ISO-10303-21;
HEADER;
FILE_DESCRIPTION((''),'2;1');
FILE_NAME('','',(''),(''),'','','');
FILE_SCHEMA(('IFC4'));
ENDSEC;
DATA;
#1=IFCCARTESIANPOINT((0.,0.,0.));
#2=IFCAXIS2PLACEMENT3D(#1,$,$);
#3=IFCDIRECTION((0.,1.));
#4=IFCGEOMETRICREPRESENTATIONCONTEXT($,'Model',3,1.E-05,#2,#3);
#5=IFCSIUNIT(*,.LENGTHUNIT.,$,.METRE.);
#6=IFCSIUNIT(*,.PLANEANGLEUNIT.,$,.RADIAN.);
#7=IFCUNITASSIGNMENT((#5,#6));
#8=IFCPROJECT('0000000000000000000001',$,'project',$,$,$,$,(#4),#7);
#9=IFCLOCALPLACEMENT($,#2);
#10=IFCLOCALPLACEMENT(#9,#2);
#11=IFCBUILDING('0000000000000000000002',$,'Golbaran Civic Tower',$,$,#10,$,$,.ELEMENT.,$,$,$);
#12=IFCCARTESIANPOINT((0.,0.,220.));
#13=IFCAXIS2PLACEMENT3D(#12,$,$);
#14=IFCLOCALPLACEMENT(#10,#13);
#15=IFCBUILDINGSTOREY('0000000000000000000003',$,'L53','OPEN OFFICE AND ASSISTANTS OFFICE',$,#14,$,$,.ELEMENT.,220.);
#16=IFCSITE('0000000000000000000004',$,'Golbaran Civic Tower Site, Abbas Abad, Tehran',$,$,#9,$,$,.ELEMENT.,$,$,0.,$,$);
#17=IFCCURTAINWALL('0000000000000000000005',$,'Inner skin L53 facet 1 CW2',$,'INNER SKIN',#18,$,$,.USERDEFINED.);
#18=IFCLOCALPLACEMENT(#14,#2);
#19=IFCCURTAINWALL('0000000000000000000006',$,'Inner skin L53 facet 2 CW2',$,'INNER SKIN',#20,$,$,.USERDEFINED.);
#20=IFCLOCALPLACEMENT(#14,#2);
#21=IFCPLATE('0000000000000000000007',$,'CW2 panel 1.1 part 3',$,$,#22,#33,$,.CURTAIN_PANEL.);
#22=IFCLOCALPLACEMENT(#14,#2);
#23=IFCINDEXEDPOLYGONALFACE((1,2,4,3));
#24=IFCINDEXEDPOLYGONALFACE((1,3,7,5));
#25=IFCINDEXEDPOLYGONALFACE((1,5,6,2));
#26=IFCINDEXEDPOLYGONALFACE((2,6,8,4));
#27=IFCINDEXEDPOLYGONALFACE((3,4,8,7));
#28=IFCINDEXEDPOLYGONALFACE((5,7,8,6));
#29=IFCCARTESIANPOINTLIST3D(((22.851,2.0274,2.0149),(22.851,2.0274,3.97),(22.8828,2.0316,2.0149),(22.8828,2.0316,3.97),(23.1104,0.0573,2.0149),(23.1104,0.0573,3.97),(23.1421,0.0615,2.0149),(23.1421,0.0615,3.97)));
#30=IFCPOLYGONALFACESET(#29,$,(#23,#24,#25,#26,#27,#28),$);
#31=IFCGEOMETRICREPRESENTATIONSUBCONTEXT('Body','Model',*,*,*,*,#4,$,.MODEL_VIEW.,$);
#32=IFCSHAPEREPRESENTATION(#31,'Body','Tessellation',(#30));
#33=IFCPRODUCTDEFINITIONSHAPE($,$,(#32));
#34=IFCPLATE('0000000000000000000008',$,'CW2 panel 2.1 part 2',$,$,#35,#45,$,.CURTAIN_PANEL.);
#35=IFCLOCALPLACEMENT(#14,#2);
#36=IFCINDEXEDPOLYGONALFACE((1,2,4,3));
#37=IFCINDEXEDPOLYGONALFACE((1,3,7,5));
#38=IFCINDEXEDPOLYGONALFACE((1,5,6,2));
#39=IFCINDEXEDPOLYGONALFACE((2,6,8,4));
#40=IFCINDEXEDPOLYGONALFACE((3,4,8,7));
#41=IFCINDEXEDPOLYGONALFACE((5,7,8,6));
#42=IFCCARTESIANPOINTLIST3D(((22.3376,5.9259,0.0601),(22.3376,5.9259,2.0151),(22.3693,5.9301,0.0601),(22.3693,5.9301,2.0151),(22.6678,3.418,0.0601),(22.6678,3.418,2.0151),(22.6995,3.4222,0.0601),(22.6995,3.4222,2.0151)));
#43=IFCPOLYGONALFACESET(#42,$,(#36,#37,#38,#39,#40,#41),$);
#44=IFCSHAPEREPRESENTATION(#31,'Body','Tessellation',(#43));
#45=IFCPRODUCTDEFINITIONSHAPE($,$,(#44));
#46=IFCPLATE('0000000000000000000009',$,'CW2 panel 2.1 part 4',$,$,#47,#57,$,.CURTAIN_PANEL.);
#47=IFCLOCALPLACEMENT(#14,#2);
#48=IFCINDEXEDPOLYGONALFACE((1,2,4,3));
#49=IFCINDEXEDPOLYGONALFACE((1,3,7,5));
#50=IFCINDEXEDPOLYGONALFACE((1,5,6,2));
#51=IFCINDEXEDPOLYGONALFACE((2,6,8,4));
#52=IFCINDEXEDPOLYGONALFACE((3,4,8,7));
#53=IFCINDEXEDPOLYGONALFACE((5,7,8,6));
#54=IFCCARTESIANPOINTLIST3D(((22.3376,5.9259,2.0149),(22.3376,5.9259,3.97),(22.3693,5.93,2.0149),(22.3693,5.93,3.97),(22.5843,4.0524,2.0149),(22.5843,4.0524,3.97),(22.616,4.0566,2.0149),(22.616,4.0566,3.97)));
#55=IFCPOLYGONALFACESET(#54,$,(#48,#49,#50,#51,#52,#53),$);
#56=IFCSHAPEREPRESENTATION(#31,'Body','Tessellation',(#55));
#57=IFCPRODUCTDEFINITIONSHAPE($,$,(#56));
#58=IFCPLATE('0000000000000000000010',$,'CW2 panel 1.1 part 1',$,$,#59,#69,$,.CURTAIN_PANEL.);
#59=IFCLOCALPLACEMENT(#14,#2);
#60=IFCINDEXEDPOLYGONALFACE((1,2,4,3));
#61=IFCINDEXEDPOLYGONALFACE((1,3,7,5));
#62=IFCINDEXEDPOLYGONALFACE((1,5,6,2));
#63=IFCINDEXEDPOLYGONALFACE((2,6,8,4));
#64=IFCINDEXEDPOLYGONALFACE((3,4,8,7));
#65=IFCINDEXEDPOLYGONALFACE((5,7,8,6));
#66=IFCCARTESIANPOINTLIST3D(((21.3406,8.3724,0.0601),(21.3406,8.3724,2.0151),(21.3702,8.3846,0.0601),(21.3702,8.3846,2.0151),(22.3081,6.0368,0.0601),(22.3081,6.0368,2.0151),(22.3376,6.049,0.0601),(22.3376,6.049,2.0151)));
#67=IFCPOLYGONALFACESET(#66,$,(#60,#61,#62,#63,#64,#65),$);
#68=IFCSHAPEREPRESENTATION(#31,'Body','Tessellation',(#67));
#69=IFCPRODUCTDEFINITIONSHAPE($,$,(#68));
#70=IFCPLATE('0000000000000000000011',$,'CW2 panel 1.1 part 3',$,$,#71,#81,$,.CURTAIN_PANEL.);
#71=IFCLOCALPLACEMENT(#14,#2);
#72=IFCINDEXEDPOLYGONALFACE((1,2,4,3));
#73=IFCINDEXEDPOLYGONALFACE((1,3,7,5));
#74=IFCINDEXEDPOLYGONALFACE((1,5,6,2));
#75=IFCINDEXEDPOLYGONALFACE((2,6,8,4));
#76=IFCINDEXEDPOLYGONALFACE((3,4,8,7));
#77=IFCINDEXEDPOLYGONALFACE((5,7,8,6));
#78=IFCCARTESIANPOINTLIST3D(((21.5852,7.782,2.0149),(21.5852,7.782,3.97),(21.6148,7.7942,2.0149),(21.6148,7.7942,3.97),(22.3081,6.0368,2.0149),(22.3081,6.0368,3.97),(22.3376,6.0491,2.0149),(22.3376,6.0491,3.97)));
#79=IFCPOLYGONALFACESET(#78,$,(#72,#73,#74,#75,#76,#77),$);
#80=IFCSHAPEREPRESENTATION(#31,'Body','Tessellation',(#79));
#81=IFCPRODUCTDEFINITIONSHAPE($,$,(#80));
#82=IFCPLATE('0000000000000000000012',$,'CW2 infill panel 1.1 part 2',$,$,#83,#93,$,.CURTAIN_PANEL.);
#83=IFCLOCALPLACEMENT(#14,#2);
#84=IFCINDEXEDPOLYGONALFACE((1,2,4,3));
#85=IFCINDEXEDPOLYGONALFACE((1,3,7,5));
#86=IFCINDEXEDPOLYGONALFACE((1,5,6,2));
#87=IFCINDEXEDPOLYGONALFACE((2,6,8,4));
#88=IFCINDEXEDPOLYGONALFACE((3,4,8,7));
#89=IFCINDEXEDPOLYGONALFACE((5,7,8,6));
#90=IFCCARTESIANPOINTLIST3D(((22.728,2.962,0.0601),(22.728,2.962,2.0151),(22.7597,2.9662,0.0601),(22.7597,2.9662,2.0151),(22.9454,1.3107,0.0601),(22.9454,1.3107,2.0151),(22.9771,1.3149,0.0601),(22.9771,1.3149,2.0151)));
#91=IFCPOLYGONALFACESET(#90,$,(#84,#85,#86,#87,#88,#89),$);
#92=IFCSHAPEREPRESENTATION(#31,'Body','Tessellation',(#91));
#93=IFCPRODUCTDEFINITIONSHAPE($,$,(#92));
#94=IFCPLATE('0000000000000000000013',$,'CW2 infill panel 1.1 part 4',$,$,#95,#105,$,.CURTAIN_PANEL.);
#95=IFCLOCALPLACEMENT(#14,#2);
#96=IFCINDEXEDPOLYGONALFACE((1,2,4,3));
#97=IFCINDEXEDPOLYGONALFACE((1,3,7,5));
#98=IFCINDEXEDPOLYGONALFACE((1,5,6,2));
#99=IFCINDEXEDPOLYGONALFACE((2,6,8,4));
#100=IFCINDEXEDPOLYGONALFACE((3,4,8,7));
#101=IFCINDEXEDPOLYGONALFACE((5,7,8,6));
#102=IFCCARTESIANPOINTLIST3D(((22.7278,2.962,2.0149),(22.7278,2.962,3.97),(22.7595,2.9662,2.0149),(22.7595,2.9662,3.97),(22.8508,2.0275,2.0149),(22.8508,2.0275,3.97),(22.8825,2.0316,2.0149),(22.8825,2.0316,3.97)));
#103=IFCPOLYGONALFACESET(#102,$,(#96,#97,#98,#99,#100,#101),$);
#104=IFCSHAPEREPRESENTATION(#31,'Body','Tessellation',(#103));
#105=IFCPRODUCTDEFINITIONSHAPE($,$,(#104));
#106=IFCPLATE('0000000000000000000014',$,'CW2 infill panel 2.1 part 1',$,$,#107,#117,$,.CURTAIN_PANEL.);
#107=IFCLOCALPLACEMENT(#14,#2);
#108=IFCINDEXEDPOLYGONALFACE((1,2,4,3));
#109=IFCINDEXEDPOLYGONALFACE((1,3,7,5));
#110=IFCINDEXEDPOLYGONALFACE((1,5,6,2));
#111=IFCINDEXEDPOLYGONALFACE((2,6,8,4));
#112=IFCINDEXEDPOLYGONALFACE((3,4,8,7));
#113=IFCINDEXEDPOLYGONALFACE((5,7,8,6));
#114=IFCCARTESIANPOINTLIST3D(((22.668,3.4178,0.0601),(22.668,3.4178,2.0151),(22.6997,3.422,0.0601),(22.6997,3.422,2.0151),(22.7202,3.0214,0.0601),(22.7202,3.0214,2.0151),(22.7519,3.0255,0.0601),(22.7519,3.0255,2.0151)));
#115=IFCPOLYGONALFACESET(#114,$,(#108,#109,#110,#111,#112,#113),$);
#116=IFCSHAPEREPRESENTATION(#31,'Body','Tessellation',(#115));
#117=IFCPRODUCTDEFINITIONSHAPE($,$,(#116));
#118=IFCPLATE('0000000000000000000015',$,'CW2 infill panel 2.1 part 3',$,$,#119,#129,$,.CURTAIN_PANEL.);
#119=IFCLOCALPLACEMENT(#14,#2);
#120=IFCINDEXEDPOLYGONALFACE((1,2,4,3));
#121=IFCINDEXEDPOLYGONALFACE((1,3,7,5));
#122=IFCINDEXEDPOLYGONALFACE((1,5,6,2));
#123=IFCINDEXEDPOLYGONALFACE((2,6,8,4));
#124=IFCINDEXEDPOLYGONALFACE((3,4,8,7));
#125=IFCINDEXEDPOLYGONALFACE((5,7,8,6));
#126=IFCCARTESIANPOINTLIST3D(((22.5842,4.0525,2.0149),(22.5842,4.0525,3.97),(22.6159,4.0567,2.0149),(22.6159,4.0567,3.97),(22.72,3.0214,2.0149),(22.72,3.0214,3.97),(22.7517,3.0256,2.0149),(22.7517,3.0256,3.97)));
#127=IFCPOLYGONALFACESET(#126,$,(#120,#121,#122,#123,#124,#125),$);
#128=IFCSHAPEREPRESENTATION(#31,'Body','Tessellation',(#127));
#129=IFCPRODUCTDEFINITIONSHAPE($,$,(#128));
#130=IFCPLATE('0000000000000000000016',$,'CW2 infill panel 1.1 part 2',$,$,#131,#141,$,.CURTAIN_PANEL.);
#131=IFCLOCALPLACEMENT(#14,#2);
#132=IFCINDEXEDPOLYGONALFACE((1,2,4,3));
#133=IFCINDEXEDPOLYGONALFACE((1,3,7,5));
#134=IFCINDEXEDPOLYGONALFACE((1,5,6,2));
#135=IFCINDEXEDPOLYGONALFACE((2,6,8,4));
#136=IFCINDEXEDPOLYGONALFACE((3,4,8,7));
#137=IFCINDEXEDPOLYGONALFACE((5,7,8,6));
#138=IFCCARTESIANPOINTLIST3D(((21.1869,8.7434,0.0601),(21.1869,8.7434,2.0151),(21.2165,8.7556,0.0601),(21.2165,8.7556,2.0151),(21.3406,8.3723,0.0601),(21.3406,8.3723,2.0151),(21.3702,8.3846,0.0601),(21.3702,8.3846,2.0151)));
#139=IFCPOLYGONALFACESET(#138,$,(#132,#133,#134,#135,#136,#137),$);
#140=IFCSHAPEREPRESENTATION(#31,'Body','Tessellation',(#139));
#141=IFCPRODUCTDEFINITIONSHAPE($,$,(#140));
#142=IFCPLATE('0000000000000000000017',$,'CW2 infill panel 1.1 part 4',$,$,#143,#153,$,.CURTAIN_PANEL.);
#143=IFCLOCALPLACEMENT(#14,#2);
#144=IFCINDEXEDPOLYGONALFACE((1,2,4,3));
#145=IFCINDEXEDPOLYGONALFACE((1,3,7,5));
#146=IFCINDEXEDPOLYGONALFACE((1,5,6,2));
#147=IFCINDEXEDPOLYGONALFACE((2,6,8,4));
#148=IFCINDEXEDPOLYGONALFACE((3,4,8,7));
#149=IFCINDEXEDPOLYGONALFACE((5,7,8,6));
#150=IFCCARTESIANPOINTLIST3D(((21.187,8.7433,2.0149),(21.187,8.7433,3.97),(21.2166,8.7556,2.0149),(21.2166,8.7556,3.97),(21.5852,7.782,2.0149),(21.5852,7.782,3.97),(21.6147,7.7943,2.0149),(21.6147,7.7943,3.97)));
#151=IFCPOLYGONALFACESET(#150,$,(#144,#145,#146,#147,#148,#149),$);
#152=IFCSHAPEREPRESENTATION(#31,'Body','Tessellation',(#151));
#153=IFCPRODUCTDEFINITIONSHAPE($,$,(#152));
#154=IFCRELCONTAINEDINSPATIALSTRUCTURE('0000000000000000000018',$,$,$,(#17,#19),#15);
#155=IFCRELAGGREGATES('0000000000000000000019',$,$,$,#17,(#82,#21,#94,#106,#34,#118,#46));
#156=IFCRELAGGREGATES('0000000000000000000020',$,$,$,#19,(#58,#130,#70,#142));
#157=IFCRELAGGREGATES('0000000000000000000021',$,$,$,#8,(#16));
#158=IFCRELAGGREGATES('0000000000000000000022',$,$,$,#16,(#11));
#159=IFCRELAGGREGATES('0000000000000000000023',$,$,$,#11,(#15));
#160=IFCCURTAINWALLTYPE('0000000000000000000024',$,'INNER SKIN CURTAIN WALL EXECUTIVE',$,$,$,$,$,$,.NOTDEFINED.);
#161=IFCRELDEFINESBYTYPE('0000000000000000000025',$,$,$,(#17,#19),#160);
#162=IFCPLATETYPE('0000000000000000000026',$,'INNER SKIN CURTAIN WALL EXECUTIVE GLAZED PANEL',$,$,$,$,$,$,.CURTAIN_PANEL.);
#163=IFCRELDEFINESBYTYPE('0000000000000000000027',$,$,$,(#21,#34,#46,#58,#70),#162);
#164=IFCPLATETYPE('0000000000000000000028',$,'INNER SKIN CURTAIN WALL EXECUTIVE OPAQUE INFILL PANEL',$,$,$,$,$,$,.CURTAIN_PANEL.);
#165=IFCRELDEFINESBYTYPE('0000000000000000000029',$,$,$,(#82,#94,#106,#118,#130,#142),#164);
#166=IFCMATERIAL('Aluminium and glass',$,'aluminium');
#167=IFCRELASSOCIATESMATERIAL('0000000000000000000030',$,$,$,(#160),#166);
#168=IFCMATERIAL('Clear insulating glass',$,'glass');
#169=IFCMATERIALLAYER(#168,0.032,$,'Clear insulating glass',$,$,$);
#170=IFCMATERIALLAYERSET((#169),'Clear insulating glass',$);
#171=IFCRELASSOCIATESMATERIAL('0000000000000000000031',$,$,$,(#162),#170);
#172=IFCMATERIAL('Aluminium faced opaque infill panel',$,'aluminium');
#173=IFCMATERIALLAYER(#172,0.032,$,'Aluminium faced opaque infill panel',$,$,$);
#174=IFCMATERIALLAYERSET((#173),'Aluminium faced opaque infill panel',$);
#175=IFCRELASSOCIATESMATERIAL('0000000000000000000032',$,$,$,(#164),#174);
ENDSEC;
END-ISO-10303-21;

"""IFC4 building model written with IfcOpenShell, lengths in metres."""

from ifc_helpers import new_model, si_unit, direction, frame, origin, origin_2d, place, context, subcontext, project, spatial, rectangle, extrude, material, layer, layer_set, type_object, element, aggregate, save


model = new_model("IFC4")

# Units and contexts
model_context = context("Model", 3, precision=1e-05, world=origin(), true_north=direction((0.0, 1.0)))
body_context = subcontext(model_context, "Body", "Model", "MODEL_VIEW")
ifc_project = project(units=[si_unit("LENGTHUNIT", "METRE"), si_unit("PLANEANGLEUNIT", "RADIAN")], contexts=[model_context])

# Site, building, storey
site_placement = place(None, origin())
site = spatial("IfcSite", under=ifc_project, at=site_placement, Name="Golbaran Civic Tower Site, Abbas Abad, Tehran", CompositionType="ELEMENT", RefElevation=0.0)
building_placement = place(site_placement, origin())
building = spatial("IfcBuilding", under=site, at=building_placement, Name="Golbaran Civic Tower", CompositionType="ELEMENT")
storey_placement = place(building_placement, frame((0.0, 0.0, 220.0)))
storey = spatial("IfcBuildingStorey", under=building, at=storey_placement, Name="L53", Description="OPEN OFFICE AND ASSISTANTS OFFICE", CompositionType="ELEMENT", Elevation=220.0)

# Curtain walls
ifc_material_1 = material(Name="Aluminium and glass", Category="aluminium")
curtain_wall_type = type_object("IfcCurtainWallType", Name="INNER SKIN CURTAIN WALL EXECUTIVE", PredefinedType="NOTDEFINED", material=ifc_material_1)
curtain_wall_1_placement = place(storey_placement, origin())
curtain_wall_1 = element("IfcCurtainWall", 1, at=curtain_wall_1_placement, inside=storey, type_object=curtain_wall_type, Name="Inner skin L53 facet 1 CW2", ObjectType="INNER SKIN", PredefinedType="USERDEFINED")
curtain_wall_2_placement = place(storey_placement, origin())
curtain_wall_2 = element("IfcCurtainWall", 2, at=curtain_wall_2_placement, inside=storey, type_object=curtain_wall_type, Name="Inner skin L53 facet 2 CW2", ObjectType="INNER SKIN", PredefinedType="USERDEFINED")

# Plates
ifc_material_2 = material(Name="Clear insulating glass", Category="glass")
ifc_layer_1 = layer(ifc_material_2, 0.032, Name="Clear insulating glass")
ifc_layer_set_1 = layer_set([ifc_layer_1], Name="Clear insulating glass")
plate_type_1 = type_object("IfcPlateType", Name="INNER SKIN CURTAIN WALL EXECUTIVE GLAZED PANEL", PredefinedType="CURTAIN_PANEL", material=ifc_layer_set_1)
plate_1_placement = place(storey_placement, frame((22.9966, 1.0444, 2.0149), z_axis=(0.0, 0.0, 1.0), x_axis=(-0.130526, 0.991445, 0.0)))
plate_1 = element("IfcPlate", 3, at=plate_1_placement, type_object=plate_type_1, Name="CW2 panel 1.1 part 3", PredefinedType="CURTAIN_PANEL", context=body_context, shape_type="SweptSolid", body=[
    extrude(rectangle(XDim=1.9871, YDim=0.032, at=origin_2d()), origin(), (0.0, 0.0, 1.0), 1.9551),
])
plate_2_placement = place(storey_placement, frame((22.5186, 4.6741, 0.0601), z_axis=(0.0, 0.0, 1.0), x_axis=(-0.130526, 0.991445, 0.0)))
plate_2 = element("IfcPlate", 4, at=plate_2_placement, type_object=plate_type_1, Name="CW2 panel 2.1 part 2", PredefinedType="CURTAIN_PANEL", context=body_context, shape_type="SweptSolid", body=[
    extrude(rectangle(XDim=2.5295, YDim=0.032, at=origin_2d()), origin(), (0.0, 0.0, 1.0), 1.9551),
])
plate_3_placement = place(storey_placement, frame((22.4768, 4.9912, 2.0149), z_axis=(0.0, 0.0, 1.0), x_axis=(-0.130526, 0.991445, 0.0)))
plate_3 = element("IfcPlate", 5, at=plate_3_placement, type_object=plate_type_1, Name="CW2 panel 2.1 part 4", PredefinedType="CURTAIN_PANEL", context=body_context, shape_type="SweptSolid", body=[
    extrude(rectangle(XDim=1.8896, YDim=0.032, at=origin_2d()), origin(), (0.0, 0.0, 1.0), 1.9551),
])
plate_4_placement = place(storey_placement, frame((21.8391, 7.2107, 0.0601), z_axis=(0.0, 0.0, 1.0), x_axis=(-0.382683, 0.92388, 0.0)))
plate_4 = element("IfcPlate", 6, at=plate_4_placement, type_object=plate_type_1, Name="CW2 panel 1.1 part 1", PredefinedType="CURTAIN_PANEL", context=body_context, shape_type="SweptSolid", body=[
    extrude(rectangle(XDim=2.5281, YDim=0.032, at=origin_2d()), origin(), (0.0, 0.0, 1.0), 1.9551),
])
plate_5_placement = place(storey_placement, frame((21.9614, 6.9155, 2.0149), z_axis=(0.0, 0.0, 1.0), x_axis=(-0.382683, 0.92388, 0.0)))
plate_5 = element("IfcPlate", 7, at=plate_5_placement, type_object=plate_type_1, Name="CW2 panel 1.1 part 3", PredefinedType="CURTAIN_PANEL", context=body_context, shape_type="SweptSolid", body=[
    extrude(rectangle(XDim=1.8889, YDim=0.032, at=origin_2d()), origin(), (0.0, 0.0, 1.0), 1.9551),
])
ifc_material_3 = material(Name="Aluminium faced opaque infill panel", Category="aluminium")
ifc_layer_2 = layer(ifc_material_3, 0.032, Name="Aluminium faced opaque infill panel")
ifc_layer_set_2 = layer_set([ifc_layer_2], Name="Aluminium faced opaque infill panel")
plate_type_2 = type_object("IfcPlateType", Name="INNER SKIN CURTAIN WALL EXECUTIVE OPAQUE INFILL PANEL", PredefinedType="CURTAIN_PANEL", material=ifc_layer_set_2)
plate_6_placement = place(storey_placement, frame((22.8525, 2.1384, 0.0601), z_axis=(0.0, 0.0, 1.0), x_axis=(-0.130526, 0.991445, 0.0)))
plate_6 = element("IfcPlate", 8, at=plate_6_placement, type_object=plate_type_2, Name="CW2 infill panel 1.1 part 2", PredefinedType="CURTAIN_PANEL", context=body_context, shape_type="SweptSolid", body=[
    extrude(rectangle(XDim=1.6655, YDim=0.032, at=origin_2d()), origin(), (0.0, 0.0, 1.0), 1.9551),
])
plate_7_placement = place(storey_placement, frame((22.8052, 2.4968, 2.0149), z_axis=(0.0, 0.0, 1.0), x_axis=(-0.130526, 0.991445, 0.0)))
plate_7 = element("IfcPlate", 9, at=plate_7_placement, type_object=plate_type_2, Name="CW2 infill panel 1.1 part 4", PredefinedType="CURTAIN_PANEL", context=body_context, shape_type="SweptSolid", body=[
    extrude(rectangle(XDim=0.9426, YDim=0.032, at=origin_2d()), origin(), (0.0, 0.0, 1.0), 1.9551),
])
plate_8_placement = place(storey_placement, frame((22.71, 3.2217, 0.0601), z_axis=(0.0, 0.0, 1.0), x_axis=(-0.130526, 0.991445, 0.0)))
plate_8 = element("IfcPlate", 10, at=plate_8_placement, type_object=plate_type_2, Name="CW2 infill panel 2.1 part 1", PredefinedType="CURTAIN_PANEL", context=body_context, shape_type="SweptSolid", body=[
    extrude(rectangle(XDim=0.3999, YDim=0.032, at=origin_2d()), origin(), (0.0, 0.0, 1.0), 1.9551),
])
plate_9_placement = place(storey_placement, frame((22.668, 3.5391, 2.0149), z_axis=(0.0, 0.0, 1.0), x_axis=(-0.130526, 0.991445, 0.0)))
plate_9 = element("IfcPlate", 11, at=plate_9_placement, type_object=plate_type_2, Name="CW2 infill panel 2.1 part 3", PredefinedType="CURTAIN_PANEL", context=body_context, shape_type="SweptSolid", body=[
    extrude(rectangle(XDim=1.04, YDim=0.032, at=origin_2d()), origin(), (0.0, 0.0, 1.0), 1.9551),
])
aggregate(curtain_wall_1, [plate_6, plate_1, plate_7, plate_8, plate_2, plate_9, plate_3])
plate_10_placement = place(storey_placement, frame((21.2786, 8.564, 0.0601), z_axis=(0.0, 0.0, 1.0), x_axis=(-0.382683, 0.92388, 0.0)))
plate_10 = element("IfcPlate", 12, at=plate_10_placement, type_object=plate_type_2, Name="CW2 infill panel 1.1 part 2", PredefinedType="CURTAIN_PANEL", context=body_context, shape_type="SweptSolid", body=[
    extrude(rectangle(XDim=0.4016, YDim=0.032, at=origin_2d()), origin(), (0.0, 0.0, 1.0), 1.9551),
])
plate_11_placement = place(storey_placement, frame((21.4009, 8.2688, 2.0149), z_axis=(0.0, 0.0, 1.0), x_axis=(-0.382683, 0.92388, 0.0)))
plate_11 = element("IfcPlate", 13, at=plate_11_placement, type_object=plate_type_2, Name="CW2 infill panel 1.1 part 4", PredefinedType="CURTAIN_PANEL", context=body_context, shape_type="SweptSolid", body=[
    extrude(rectangle(XDim=1.0405, YDim=0.032, at=origin_2d()), origin(), (0.0, 0.0, 1.0), 1.9551),
])
aggregate(curtain_wall_2, [plate_4, plate_10, plate_5, plate_11])

save(model, "model.ifc")
